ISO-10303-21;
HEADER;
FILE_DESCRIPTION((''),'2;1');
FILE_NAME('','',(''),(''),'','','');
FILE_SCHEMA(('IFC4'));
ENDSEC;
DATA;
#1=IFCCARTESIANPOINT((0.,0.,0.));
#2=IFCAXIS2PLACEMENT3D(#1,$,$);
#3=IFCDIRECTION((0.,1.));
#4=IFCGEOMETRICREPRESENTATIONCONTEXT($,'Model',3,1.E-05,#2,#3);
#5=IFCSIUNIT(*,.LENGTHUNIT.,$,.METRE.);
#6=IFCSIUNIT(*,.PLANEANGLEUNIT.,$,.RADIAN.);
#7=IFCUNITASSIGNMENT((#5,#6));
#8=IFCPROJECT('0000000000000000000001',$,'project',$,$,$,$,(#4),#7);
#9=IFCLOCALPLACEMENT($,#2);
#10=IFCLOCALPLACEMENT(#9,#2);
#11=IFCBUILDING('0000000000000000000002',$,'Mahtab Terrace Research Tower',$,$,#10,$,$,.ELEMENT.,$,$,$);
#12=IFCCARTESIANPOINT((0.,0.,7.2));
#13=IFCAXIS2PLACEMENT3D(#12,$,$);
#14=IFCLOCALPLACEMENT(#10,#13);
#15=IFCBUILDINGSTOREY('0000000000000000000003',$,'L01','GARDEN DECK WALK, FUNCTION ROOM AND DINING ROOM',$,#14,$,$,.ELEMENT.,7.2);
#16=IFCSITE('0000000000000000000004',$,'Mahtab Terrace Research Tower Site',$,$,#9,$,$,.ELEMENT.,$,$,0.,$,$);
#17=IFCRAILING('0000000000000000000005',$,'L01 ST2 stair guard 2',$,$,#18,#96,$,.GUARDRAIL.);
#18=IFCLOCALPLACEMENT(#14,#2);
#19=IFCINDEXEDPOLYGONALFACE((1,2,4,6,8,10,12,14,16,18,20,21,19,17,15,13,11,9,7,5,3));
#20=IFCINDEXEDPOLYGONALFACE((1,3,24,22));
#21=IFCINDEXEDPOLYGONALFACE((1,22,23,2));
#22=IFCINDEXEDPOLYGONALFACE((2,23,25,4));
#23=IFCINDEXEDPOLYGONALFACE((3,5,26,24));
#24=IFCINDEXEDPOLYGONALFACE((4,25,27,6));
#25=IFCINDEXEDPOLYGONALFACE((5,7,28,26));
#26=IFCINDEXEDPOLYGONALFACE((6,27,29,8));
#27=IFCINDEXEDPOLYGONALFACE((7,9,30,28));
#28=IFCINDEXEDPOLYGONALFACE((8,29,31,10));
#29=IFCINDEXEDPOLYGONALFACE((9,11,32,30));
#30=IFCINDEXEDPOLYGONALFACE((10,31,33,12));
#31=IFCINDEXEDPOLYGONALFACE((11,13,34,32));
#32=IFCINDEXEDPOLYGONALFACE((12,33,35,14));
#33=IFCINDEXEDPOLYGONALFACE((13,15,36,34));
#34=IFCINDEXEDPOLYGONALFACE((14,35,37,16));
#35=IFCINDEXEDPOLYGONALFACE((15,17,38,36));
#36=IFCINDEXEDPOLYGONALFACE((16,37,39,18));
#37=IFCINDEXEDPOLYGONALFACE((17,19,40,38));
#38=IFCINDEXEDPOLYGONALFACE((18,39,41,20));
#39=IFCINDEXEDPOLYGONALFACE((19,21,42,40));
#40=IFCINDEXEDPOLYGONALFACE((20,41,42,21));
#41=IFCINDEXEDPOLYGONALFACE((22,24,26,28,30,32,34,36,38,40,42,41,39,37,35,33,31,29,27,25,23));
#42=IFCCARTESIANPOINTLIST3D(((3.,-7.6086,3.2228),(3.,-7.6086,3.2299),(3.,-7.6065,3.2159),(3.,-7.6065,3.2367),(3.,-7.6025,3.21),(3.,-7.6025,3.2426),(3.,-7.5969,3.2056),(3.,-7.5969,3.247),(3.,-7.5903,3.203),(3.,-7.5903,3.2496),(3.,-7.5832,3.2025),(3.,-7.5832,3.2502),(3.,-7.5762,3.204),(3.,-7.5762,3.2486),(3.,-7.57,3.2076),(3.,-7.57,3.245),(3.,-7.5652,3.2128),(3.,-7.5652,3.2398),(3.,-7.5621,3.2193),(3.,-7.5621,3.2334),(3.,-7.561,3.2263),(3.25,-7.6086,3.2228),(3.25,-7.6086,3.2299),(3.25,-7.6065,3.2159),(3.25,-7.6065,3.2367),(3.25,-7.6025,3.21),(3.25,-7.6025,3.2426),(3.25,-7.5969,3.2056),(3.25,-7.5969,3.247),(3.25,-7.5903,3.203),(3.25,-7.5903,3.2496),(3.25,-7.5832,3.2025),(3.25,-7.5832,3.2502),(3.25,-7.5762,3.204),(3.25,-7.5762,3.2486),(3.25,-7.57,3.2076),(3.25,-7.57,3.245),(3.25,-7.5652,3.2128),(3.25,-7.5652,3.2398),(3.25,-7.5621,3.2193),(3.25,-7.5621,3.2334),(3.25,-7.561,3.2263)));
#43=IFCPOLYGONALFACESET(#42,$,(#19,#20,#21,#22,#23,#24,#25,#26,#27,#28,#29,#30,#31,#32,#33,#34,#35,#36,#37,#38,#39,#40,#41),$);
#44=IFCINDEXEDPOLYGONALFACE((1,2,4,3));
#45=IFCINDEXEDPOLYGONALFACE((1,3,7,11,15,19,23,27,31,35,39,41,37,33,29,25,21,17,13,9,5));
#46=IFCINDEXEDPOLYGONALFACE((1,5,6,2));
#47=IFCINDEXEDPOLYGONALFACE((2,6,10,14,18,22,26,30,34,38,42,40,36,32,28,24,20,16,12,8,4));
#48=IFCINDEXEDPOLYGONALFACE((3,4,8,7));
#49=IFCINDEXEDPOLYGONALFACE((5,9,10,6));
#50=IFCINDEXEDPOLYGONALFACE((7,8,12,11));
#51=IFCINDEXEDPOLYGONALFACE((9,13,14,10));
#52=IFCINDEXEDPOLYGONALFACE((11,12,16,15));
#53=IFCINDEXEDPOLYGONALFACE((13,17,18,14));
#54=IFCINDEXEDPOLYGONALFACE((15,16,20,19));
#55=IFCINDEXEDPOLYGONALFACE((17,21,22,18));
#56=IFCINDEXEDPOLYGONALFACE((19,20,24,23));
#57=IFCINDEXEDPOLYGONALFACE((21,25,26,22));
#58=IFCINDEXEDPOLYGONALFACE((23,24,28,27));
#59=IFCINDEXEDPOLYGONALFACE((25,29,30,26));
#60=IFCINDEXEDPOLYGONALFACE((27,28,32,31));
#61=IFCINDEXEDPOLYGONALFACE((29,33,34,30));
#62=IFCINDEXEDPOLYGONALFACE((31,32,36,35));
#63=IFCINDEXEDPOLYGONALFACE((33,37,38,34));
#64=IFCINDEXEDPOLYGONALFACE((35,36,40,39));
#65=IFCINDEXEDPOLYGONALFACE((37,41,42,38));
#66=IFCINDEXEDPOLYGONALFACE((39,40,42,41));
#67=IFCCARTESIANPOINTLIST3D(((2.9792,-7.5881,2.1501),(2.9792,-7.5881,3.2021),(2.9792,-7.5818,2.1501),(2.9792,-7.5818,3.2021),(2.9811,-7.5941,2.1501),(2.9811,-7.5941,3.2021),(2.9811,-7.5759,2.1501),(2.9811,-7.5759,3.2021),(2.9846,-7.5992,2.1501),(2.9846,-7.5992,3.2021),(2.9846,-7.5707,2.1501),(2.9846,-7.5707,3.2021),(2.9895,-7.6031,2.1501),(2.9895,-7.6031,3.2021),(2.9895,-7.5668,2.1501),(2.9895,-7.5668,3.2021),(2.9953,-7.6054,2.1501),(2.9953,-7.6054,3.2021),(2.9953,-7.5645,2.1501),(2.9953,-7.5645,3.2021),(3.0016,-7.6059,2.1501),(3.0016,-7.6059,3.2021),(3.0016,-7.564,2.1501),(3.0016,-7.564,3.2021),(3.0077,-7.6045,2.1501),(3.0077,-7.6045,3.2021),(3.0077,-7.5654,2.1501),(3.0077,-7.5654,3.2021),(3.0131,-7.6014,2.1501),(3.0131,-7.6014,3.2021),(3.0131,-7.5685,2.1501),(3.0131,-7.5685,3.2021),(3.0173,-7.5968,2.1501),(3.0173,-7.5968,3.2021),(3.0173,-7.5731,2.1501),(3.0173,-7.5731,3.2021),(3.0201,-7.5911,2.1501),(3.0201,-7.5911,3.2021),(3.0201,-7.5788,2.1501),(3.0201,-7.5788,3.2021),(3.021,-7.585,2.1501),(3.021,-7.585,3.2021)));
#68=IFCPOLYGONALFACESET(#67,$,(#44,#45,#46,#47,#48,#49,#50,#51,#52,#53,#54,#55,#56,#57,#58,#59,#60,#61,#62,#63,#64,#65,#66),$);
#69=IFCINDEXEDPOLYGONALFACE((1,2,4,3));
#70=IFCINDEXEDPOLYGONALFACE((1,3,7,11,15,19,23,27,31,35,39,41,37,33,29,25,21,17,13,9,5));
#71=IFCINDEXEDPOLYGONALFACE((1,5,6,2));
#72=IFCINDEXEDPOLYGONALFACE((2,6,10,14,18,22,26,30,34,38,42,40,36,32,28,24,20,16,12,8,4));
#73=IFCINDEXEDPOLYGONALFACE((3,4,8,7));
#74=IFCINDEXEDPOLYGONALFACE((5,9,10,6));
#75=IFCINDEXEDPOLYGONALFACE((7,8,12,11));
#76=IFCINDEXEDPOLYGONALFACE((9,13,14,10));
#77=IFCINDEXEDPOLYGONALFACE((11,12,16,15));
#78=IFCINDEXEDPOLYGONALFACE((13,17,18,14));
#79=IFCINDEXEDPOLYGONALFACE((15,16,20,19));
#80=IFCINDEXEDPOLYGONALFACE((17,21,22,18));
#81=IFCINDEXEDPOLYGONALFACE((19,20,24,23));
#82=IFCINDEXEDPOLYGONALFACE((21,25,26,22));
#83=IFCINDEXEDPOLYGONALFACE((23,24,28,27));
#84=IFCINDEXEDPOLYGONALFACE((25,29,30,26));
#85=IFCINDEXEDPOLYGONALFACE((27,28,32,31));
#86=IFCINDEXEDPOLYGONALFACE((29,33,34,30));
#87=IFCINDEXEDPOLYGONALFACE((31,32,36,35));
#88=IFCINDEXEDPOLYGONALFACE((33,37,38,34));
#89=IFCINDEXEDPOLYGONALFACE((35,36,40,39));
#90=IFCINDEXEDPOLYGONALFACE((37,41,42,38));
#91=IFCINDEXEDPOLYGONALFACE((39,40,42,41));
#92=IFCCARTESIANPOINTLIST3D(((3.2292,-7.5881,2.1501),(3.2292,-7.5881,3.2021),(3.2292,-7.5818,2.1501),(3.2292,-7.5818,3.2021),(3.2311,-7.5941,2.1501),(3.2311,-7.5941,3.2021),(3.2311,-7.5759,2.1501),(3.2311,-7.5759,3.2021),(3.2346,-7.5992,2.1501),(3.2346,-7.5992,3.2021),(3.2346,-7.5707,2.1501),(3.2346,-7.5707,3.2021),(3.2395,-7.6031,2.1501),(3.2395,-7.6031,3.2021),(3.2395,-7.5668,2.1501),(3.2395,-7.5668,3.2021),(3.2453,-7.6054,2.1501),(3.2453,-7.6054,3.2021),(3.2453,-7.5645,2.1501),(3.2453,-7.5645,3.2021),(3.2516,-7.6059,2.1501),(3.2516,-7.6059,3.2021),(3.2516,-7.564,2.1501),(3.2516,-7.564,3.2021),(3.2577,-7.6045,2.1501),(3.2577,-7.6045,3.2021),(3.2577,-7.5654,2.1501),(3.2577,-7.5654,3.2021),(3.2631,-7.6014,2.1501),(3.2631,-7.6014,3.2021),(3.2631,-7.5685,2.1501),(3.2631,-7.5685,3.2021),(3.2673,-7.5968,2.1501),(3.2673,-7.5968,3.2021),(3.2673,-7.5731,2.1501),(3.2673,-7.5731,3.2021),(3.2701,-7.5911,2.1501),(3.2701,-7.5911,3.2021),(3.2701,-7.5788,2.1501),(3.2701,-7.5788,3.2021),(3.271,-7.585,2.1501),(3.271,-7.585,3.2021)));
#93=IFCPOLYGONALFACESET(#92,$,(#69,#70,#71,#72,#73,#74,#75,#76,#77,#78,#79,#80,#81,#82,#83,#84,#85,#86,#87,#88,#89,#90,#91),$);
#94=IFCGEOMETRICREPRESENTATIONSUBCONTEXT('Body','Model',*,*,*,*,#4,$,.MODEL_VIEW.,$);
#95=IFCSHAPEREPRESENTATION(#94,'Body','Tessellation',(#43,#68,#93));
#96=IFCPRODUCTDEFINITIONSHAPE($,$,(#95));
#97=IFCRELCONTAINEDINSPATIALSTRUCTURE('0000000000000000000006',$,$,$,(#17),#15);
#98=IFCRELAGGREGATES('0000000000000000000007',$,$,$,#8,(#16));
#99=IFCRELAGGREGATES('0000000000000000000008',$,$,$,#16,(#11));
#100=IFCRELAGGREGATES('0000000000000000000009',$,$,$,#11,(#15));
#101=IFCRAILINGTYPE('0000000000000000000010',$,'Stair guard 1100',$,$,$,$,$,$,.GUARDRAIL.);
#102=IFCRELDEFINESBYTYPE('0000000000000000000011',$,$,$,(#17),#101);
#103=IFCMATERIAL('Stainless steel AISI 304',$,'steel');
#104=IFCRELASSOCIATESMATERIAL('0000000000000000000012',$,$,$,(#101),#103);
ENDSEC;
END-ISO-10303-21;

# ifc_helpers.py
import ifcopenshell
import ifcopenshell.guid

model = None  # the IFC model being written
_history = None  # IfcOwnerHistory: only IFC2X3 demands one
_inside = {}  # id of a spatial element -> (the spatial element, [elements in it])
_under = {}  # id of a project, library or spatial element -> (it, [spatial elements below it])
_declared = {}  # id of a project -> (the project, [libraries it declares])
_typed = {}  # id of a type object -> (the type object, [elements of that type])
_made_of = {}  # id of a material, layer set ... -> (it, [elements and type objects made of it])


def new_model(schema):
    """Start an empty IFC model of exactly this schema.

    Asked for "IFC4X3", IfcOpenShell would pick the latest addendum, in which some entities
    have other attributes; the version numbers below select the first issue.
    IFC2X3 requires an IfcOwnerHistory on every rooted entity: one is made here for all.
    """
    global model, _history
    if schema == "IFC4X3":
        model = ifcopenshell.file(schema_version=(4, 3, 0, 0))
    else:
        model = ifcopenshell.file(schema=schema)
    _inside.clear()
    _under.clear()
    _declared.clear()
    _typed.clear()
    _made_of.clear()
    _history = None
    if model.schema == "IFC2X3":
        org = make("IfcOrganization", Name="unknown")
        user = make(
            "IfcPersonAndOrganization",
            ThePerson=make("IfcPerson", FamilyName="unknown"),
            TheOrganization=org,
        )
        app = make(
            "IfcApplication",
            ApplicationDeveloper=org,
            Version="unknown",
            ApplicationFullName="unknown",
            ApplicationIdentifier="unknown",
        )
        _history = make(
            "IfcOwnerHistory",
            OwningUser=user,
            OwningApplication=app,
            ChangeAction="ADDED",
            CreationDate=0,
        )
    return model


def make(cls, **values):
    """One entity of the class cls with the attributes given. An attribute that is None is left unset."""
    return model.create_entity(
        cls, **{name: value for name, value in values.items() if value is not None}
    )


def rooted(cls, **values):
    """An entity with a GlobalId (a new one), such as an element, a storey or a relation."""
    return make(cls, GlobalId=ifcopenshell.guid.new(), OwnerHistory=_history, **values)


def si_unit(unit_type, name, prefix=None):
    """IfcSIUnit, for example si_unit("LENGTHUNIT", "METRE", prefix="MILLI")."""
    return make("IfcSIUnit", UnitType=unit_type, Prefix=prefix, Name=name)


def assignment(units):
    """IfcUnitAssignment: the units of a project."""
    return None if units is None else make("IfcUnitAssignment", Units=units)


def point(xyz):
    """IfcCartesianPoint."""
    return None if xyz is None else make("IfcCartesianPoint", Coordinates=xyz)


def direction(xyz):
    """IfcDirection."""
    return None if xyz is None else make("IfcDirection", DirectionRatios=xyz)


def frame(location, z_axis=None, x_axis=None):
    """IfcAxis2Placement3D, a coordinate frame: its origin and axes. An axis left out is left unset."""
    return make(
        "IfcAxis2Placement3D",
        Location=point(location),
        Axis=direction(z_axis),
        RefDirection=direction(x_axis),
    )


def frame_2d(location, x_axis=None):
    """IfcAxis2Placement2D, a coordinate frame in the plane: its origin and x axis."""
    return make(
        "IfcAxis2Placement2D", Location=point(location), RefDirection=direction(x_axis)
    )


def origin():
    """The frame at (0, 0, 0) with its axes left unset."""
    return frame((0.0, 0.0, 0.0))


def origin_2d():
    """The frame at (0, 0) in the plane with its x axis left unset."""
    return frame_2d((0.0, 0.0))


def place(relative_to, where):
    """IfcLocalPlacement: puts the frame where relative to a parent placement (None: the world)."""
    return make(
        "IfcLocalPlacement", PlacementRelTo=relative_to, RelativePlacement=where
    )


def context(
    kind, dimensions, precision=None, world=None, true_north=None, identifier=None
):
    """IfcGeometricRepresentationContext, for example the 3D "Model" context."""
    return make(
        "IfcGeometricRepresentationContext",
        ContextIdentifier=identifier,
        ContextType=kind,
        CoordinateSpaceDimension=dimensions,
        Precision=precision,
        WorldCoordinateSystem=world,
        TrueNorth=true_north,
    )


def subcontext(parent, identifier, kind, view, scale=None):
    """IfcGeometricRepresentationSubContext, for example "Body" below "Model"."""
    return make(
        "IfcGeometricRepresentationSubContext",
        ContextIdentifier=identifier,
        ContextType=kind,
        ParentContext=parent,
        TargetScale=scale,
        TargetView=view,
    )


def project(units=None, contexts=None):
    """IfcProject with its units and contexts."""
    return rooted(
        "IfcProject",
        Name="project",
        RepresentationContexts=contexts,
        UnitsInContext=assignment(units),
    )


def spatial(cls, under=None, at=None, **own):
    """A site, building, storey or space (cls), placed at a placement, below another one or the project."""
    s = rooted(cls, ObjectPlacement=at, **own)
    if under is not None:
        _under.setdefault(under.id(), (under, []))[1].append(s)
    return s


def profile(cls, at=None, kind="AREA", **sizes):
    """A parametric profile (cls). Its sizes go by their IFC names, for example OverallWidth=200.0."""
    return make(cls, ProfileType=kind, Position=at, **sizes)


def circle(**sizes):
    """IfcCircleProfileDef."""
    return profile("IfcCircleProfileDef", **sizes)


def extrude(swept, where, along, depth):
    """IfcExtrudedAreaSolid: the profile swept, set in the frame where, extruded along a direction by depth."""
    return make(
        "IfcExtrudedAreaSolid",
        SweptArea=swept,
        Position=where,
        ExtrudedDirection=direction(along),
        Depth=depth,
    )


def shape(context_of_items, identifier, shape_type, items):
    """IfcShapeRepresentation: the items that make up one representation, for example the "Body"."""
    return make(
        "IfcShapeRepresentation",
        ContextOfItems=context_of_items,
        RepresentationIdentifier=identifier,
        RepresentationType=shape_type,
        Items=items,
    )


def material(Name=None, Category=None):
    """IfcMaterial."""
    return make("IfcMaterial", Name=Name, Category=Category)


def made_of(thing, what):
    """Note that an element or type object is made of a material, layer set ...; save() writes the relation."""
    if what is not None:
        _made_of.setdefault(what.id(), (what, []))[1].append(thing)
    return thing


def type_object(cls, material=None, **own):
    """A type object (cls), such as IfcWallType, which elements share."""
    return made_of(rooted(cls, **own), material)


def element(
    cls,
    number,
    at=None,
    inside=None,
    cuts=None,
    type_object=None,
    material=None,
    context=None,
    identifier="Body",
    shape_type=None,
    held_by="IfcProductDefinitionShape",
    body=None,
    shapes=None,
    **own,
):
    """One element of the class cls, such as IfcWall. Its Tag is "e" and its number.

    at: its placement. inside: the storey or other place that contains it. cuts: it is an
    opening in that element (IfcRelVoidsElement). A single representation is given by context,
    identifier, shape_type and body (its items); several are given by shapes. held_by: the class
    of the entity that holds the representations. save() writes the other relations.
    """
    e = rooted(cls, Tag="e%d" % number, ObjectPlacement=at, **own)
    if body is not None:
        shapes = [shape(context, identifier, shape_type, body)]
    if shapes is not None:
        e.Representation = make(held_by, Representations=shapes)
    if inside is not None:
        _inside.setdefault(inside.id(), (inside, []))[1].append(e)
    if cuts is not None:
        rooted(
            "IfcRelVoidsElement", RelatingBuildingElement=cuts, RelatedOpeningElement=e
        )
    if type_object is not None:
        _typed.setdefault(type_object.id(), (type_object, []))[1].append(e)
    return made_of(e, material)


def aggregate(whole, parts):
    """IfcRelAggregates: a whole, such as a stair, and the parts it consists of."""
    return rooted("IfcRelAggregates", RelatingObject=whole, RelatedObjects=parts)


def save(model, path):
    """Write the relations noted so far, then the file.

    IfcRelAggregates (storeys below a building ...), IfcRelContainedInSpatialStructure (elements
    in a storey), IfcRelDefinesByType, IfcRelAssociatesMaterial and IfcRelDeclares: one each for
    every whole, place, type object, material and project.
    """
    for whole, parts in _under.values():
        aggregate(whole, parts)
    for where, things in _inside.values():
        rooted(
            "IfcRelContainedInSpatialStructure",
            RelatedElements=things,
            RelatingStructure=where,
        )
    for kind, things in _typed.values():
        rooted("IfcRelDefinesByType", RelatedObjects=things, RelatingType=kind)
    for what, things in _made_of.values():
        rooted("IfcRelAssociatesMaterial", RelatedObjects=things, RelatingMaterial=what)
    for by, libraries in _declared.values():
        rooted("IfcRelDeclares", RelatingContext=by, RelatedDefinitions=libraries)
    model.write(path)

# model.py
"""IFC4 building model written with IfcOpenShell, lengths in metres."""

from ifc_helpers import new_model, si_unit, direction, frame, origin, origin_2d, place, context, subcontext, project, spatial, circle, extrude, material, type_object, element, save


model = new_model("IFC4")

# Units and contexts
model_context = context("Model", 3, precision=1e-05, world=origin(), true_north=direction((0.0, 1.0)))
body_context = subcontext(model_context, "Body", "Model", "MODEL_VIEW")
ifc_project = project(units=[si_unit("LENGTHUNIT", "METRE"), si_unit("PLANEANGLEUNIT", "RADIAN")], contexts=[model_context])

# Site, building, storey
site_placement = place(None, origin())
site = spatial("IfcSite", under=ifc_project, at=site_placement, Name="Mahtab Terrace Research Tower Site", CompositionType="ELEMENT", RefElevation=0.0)
building_placement = place(site_placement, origin())
building = spatial("IfcBuilding", under=site, at=building_placement, Name="Mahtab Terrace Research Tower", CompositionType="ELEMENT")
storey_placement = place(building_placement, frame((0.0, 0.0, 7.2)))
storey = spatial("IfcBuildingStorey", under=building, at=storey_placement, Name="L01", Description="GARDEN DECK WALK, FUNCTION ROOM AND DINING ROOM", CompositionType="ELEMENT", Elevation=7.2)

# Shared definitions
ifc_material_1 = material(Name="Stainless steel AISI 304", Category="steel")

# Railing
railing_type_1 = type_object("IfcRailingType", Name="Stair guard 1100", PredefinedType="GUARDRAIL", material=ifc_material_1)
railing_1_placement = place(storey_placement, frame((3.0, -7.585, 2.1501)))
element("IfcRailing", 1, at=railing_1_placement, inside=storey, type_object=railing_type_1, Name="L01 ST2 stair guard 2", PredefinedType="GUARDRAIL", context=body_context, shape_type="SweptSolid", body=[
    extrude(circle(Radius=0.0239, at=origin_2d()), frame((0.0, 0.0, 1.0762), z_axis=(1.0, 0.0, 0.0), x_axis=(0.0, 1.0, 0.0)), (0.0, 0.0, 1.0), 0.25),
    extrude(circle(Radius=0.021, at=origin_2d()), origin(), (0.0, 0.0, 1.0), 1.052),
    extrude(circle(Radius=0.021, at=origin_2d()), frame((0.25, 0.0, 0.0)), (0.0, 0.0, 1.0), 1.052),
])

save(model, "model.ifc")
